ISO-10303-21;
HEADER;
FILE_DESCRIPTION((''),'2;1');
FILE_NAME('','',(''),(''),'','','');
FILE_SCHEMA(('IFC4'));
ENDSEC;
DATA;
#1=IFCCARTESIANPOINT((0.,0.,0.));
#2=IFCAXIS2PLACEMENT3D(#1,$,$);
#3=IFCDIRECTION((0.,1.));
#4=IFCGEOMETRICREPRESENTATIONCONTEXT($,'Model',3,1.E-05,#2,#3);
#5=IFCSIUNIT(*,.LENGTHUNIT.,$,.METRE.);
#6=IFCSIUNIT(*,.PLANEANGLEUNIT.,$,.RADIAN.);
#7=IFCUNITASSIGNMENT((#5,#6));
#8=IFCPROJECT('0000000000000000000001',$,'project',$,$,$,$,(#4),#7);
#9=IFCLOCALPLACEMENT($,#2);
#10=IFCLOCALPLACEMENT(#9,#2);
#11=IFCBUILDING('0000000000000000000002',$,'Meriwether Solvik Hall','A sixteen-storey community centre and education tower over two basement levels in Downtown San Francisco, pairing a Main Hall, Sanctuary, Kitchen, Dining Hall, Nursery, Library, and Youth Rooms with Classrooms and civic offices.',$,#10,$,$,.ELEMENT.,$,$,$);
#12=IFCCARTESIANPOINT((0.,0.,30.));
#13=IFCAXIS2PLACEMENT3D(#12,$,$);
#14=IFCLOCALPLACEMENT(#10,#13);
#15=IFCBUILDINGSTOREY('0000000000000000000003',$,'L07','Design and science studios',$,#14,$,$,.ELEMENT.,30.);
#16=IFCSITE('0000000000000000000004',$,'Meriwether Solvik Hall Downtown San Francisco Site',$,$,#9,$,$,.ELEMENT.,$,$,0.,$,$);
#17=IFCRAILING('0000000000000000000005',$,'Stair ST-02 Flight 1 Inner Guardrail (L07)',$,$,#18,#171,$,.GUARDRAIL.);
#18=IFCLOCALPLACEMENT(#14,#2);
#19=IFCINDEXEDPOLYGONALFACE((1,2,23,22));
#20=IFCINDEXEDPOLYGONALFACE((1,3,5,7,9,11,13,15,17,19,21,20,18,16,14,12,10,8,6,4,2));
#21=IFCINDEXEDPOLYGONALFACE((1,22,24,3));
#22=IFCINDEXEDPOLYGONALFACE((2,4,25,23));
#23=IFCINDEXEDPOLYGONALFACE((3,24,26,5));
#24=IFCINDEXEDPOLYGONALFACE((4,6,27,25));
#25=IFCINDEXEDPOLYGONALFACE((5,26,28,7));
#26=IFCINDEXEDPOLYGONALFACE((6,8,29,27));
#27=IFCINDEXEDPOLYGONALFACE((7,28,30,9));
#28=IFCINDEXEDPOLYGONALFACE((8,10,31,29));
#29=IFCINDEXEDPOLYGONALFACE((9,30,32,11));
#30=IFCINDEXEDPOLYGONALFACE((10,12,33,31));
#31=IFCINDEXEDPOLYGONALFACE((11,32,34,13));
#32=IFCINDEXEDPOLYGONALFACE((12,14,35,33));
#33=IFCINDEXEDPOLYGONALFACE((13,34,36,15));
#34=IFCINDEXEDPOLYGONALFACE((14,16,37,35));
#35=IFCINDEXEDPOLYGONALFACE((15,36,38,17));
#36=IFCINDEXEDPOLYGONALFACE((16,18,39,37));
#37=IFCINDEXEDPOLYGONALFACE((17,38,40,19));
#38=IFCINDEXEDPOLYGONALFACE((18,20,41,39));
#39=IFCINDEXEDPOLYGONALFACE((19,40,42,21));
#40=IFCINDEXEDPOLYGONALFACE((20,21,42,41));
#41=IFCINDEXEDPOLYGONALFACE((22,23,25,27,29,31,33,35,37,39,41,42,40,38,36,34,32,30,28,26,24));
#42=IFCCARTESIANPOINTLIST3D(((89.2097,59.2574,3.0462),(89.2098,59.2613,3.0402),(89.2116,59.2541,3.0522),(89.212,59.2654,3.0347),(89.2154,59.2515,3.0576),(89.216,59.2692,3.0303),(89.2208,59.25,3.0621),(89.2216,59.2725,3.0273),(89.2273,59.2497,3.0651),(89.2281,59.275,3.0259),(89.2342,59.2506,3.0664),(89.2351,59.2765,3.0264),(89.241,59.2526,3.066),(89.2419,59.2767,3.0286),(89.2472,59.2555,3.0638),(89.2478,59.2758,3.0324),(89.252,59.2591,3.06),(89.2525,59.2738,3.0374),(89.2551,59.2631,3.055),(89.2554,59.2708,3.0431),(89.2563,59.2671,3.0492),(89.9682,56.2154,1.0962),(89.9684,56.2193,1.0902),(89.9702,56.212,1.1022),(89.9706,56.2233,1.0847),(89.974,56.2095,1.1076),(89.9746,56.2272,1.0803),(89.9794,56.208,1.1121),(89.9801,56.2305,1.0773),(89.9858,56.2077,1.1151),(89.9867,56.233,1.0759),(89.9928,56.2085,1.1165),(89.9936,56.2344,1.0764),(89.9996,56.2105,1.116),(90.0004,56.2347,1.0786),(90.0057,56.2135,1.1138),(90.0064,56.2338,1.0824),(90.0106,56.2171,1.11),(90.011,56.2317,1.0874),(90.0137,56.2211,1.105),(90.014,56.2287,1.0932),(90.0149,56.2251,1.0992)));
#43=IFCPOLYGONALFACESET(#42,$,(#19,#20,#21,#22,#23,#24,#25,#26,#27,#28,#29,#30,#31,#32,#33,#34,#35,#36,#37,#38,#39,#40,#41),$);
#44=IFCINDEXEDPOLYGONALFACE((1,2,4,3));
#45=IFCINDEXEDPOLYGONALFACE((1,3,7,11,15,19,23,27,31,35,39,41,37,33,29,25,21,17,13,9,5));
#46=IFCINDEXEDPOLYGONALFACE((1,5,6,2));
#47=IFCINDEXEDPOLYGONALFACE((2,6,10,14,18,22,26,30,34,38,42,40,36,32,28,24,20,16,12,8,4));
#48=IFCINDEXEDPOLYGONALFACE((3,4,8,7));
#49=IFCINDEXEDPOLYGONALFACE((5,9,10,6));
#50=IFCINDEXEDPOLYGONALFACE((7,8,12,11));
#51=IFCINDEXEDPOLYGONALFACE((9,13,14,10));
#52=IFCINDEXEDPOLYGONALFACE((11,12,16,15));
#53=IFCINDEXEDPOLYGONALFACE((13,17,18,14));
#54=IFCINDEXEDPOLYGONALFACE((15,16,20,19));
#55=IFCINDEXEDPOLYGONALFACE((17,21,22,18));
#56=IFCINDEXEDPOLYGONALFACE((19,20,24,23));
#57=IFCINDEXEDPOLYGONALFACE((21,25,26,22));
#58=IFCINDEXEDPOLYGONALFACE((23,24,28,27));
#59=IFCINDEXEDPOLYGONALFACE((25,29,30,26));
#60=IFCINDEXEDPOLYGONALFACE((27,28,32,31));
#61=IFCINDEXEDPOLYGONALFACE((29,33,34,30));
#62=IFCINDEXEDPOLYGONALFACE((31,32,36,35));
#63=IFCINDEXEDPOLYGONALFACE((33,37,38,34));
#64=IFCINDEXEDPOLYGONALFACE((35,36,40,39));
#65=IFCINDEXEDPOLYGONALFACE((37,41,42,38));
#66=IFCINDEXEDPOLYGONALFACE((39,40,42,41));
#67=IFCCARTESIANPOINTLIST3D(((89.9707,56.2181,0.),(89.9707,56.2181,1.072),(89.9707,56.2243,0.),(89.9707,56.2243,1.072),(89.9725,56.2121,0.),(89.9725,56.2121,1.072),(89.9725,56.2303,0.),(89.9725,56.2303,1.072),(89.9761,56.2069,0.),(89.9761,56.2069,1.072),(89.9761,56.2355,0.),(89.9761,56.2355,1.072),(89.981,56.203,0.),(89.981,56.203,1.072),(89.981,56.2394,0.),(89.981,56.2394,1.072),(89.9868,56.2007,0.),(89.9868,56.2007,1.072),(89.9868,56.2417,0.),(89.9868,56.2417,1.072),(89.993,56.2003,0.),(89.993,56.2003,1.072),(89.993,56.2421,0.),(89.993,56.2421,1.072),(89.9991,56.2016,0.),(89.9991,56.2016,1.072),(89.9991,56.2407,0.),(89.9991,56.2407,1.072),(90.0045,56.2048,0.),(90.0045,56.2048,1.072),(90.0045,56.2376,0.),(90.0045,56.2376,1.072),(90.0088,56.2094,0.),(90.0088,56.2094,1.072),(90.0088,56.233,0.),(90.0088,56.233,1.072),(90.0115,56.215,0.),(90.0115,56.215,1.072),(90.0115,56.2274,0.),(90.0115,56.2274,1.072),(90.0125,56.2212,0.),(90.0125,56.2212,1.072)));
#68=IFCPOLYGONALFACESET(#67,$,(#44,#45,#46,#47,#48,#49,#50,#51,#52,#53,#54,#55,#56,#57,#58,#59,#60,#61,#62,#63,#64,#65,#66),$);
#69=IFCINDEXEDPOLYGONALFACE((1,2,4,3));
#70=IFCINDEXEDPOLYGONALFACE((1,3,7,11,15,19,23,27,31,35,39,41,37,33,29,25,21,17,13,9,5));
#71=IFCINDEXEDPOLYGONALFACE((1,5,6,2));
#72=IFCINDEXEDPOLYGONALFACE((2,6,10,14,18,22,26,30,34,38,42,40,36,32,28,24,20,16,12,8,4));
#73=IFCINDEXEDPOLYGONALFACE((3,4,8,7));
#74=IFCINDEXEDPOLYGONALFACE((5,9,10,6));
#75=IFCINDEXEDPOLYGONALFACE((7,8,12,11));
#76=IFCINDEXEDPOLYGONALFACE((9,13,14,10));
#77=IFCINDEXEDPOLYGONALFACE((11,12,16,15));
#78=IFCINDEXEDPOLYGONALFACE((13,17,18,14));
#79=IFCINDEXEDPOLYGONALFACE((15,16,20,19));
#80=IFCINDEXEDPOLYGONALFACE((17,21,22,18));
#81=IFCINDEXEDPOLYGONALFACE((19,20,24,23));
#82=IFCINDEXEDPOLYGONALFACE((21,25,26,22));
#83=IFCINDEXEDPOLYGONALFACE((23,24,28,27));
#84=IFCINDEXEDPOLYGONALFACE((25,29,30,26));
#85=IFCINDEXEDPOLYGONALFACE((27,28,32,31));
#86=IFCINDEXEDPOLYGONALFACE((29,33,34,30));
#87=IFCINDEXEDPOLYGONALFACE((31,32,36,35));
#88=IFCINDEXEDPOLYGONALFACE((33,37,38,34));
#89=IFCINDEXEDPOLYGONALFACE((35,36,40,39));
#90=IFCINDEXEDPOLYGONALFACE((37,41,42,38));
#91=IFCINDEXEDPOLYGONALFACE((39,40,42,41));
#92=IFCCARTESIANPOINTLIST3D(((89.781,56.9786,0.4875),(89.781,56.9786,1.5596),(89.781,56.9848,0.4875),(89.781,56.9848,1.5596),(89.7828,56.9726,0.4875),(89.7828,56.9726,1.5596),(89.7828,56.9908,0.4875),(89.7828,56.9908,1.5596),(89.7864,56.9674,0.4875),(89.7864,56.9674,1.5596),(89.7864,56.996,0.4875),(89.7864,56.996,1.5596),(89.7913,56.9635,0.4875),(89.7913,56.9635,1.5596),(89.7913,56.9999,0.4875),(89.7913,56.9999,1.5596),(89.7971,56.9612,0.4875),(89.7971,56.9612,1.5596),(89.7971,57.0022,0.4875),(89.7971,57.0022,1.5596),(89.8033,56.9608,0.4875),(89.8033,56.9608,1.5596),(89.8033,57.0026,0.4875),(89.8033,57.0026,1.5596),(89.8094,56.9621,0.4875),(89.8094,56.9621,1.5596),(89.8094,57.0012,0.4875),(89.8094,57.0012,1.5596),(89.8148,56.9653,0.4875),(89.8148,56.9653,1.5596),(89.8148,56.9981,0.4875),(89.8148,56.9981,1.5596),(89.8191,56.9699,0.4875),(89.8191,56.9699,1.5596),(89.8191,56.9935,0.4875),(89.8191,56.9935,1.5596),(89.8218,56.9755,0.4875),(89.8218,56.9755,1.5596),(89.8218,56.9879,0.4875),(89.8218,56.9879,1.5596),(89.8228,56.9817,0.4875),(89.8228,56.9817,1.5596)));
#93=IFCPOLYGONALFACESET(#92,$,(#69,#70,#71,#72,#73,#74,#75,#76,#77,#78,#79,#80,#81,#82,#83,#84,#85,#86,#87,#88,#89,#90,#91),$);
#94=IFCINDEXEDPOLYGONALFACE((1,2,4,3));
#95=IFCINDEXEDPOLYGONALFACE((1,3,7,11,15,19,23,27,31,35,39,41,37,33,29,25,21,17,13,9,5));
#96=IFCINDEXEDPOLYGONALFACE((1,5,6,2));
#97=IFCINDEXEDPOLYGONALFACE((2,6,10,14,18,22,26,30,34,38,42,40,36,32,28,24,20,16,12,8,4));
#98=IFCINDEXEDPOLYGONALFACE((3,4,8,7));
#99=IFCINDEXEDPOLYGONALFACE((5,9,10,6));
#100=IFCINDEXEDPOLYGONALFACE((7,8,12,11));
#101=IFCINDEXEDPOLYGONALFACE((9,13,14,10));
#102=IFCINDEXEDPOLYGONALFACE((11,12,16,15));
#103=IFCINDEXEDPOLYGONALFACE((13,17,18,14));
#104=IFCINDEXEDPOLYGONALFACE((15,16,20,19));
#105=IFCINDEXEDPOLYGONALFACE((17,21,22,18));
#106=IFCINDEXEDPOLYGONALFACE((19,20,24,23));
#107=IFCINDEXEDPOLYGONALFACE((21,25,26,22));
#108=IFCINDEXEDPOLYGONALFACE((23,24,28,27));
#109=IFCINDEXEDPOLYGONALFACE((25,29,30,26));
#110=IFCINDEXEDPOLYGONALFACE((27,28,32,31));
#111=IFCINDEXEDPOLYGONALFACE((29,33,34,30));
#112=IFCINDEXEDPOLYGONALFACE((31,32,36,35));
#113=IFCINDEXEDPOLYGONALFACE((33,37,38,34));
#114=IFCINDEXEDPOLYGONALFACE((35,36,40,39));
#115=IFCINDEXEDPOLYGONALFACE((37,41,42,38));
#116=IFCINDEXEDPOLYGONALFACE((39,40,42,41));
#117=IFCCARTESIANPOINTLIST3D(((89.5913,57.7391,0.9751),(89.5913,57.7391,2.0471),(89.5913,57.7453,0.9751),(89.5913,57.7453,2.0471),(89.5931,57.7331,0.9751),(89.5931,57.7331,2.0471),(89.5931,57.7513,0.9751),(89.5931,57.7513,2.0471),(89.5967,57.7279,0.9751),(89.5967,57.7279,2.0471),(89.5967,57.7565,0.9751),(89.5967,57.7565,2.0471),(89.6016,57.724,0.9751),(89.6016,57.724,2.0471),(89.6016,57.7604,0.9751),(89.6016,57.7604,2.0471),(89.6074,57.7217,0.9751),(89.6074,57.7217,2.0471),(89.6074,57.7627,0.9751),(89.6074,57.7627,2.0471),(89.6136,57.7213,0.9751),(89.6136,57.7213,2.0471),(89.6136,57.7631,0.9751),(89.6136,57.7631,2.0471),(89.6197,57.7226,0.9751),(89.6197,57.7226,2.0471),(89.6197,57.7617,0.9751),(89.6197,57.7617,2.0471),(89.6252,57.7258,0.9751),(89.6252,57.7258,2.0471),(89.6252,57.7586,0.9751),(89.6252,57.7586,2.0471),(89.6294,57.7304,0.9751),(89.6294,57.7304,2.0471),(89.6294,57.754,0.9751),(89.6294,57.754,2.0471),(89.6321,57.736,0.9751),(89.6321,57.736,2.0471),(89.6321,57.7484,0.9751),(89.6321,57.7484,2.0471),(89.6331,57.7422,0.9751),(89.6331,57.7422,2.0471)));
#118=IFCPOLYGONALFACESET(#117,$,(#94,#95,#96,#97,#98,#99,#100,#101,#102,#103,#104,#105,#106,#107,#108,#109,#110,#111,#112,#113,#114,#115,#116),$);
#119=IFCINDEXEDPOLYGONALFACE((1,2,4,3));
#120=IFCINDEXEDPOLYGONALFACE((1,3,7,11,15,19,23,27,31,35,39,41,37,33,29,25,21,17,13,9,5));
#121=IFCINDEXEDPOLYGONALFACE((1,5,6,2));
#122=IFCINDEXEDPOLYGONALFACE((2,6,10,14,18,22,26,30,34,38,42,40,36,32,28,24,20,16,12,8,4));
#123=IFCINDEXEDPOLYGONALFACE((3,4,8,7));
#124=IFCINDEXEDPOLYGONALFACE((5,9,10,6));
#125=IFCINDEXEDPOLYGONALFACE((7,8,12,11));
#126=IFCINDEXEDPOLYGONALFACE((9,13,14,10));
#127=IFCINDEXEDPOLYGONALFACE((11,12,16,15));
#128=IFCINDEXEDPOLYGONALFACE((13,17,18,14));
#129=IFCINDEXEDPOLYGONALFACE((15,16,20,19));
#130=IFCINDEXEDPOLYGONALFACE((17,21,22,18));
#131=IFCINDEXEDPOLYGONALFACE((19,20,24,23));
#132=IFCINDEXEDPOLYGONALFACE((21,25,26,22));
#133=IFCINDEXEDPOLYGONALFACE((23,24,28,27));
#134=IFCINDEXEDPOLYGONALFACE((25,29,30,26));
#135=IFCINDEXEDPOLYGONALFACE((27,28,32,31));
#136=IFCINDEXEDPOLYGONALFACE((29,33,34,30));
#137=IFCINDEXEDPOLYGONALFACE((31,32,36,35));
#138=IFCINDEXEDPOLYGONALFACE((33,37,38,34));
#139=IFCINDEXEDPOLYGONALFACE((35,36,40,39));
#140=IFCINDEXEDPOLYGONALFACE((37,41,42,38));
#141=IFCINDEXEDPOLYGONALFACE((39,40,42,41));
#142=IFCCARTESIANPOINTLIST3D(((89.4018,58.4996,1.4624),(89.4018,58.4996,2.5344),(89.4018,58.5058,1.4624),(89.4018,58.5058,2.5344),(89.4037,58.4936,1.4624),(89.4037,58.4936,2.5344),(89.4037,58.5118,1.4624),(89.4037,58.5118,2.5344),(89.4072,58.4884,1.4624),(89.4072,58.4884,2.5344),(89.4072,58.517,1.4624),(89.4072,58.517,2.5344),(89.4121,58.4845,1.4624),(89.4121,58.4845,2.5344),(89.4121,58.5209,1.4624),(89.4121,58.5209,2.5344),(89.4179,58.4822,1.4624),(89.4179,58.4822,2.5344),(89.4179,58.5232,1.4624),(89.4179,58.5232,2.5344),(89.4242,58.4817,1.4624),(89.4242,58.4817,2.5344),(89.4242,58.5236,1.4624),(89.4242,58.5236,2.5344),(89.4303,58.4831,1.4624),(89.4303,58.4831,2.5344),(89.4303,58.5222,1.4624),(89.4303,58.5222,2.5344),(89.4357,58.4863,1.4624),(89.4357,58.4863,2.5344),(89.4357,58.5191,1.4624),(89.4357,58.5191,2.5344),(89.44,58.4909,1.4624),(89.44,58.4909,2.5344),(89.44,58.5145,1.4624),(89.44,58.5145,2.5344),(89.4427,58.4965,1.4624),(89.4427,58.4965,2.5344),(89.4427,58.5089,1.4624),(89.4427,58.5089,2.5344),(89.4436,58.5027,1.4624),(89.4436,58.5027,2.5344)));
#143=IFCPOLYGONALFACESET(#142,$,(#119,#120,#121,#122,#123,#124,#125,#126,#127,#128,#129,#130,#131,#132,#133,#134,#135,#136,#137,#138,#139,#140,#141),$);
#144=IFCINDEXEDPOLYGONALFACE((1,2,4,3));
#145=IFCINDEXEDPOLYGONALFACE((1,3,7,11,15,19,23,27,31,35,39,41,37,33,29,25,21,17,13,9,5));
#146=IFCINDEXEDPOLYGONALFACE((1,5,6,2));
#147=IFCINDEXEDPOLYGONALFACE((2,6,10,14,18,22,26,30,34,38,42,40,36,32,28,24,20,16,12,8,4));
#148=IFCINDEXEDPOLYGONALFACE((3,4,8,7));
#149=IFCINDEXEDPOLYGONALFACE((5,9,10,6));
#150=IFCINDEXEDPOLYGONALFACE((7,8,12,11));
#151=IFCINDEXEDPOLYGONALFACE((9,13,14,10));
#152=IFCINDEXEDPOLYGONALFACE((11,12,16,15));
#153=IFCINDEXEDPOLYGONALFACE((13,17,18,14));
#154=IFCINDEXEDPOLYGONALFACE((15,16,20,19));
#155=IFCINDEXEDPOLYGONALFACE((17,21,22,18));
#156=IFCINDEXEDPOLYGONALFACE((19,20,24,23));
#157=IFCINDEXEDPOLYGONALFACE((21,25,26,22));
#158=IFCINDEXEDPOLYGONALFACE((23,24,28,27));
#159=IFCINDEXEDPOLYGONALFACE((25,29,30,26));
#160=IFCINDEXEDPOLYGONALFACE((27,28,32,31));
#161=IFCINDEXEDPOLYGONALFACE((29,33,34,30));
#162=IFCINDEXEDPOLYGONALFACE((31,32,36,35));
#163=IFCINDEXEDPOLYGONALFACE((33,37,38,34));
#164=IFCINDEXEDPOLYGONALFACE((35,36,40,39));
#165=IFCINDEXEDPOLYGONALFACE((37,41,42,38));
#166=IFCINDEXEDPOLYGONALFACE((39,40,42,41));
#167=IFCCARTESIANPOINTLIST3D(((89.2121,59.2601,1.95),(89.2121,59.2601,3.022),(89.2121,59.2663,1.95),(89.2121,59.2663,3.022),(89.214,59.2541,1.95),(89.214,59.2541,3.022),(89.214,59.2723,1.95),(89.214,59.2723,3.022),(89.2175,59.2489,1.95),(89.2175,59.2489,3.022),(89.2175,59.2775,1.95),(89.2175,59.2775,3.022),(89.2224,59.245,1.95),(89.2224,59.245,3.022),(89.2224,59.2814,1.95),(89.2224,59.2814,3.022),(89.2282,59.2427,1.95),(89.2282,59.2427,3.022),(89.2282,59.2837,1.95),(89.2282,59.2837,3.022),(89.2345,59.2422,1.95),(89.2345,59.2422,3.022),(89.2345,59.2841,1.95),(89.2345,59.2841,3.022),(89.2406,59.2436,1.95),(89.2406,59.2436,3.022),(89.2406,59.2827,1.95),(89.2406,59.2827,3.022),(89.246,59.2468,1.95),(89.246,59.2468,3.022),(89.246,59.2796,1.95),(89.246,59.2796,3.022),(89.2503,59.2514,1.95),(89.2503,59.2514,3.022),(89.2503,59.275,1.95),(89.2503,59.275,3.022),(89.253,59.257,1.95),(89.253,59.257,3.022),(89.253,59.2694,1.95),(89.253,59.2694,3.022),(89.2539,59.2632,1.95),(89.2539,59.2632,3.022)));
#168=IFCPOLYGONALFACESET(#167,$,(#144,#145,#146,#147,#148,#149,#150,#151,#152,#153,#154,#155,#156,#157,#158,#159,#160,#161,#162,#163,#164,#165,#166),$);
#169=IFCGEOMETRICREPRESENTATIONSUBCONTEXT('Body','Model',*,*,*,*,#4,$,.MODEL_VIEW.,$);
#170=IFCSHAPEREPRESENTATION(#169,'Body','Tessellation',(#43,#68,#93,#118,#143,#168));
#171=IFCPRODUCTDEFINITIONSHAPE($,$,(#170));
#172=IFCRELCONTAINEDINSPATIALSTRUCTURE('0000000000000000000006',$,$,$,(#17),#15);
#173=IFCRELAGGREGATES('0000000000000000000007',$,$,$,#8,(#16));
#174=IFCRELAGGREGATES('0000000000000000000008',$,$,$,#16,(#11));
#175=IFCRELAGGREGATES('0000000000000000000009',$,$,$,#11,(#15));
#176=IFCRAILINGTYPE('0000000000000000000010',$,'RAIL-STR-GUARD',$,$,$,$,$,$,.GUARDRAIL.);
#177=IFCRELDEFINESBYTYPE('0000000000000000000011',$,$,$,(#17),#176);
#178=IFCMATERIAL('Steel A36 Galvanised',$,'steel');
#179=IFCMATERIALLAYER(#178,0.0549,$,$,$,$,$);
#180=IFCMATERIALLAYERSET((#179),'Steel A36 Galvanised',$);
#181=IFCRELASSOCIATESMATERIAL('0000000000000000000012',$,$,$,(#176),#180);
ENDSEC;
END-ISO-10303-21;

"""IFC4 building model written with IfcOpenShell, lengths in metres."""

from ifc_helpers import new_model, si_unit, direction, frame, origin, origin_2d, place, context, subcontext, project, spatial, circle, extrude, material, layer, layer_set, type_object, element, save


model = new_model("IFC4")

# Units and contexts
model_context = context("Model", 3, precision=1e-05, world=origin(), true_north=direction((0.0, 1.0)))
body_context = subcontext(model_context, "Body", "Model", "MODEL_VIEW")
ifc_project = project(units=[si_unit("LENGTHUNIT", "METRE"), si_unit("PLANEANGLEUNIT", "RADIAN")], contexts=[model_context])

# Site, building, storey
site_placement = place(None, origin())
site = spatial("IfcSite", under=ifc_project, at=site_placement, Name="Meriwether Solvik Hall Downtown San Francisco Site", CompositionType="ELEMENT", RefElevation=0.0)
building_placement = place(site_placement, origin())
building = spatial("IfcBuilding", under=site, at=building_placement, Name="Meriwether Solvik Hall", Description="A sixteen-storey community centre and education tower over two basement levels in Downtown San Francisco, pairing a Main Hall, Sanctuary, Kitchen, Dining Hall, Nursery, Library, and Youth Rooms with Classrooms and civic offices.", CompositionType="ELEMENT")
storey_placement = place(building_placement, frame((0.0, 0.0, 30.0)))
storey = spatial("IfcBuildingStorey", under=building, at=storey_placement, Name="L07", Description="Design and science studios", CompositionType="ELEMENT", Elevation=30.0)

# Railing
ifc_material_1 = material(Name="Steel A36 Galvanised", Category="steel")
ifc_layer_1 = layer(ifc_material_1, 0.0549)
ifc_layer_set_1 = layer_set([ifc_layer_1], Name="Steel A36 Galvanised")
railing_type_1 = type_object("IfcRailingType", Name="RAIL-STR-GUARD", PredefinedType="GUARDRAIL", material=ifc_layer_set_1)
railing_1_placement = place(storey_placement, frame((89.9915, 56.2212, 0.0)))
element("IfcRailing", 1, at=railing_1_placement, inside=storey, type_object=railing_type_1, Name="Stair ST-02 Flight 1 Inner Guardrail (L07)", PredefinedType="GUARDRAIL", context=body_context, shape_type="SweptSolid", body=[
    extrude(circle(Radius=0.0239, at=origin_2d()), frame((0.0, 0.0, 1.0962), z_axis=(-0.205452, 0.823925, 0.528145), x_axis=(-0.970289, -0.241949, 0.0)), (0.0, 0.0, 1.0), 3.6921),
    extrude(circle(Radius=0.021, at=origin_2d()), origin(), (0.0, 0.0, 1.0), 1.072),
    extrude(circle(Radius=0.021, at=origin_2d()), frame((-0.1897, 0.7605, 0.4875)), (0.0, 0.0, 1.0), 1.072),
    extrude(circle(Radius=0.021, at=origin_2d()), frame((-0.3794, 1.521, 0.9751)), (0.0, 0.0, 1.0), 1.072),
    extrude(circle(Radius=0.021, at=origin_2d()), frame((-0.5688, 2.2815, 1.4624)), (0.0, 0.0, 1.0), 1.072),
    extrude(circle(Radius=0.021, at=origin_2d()), frame((-0.7585, 3.042, 1.95)), (0.0, 0.0, 1.0), 1.072),
])

save(model, "model.ifc")
